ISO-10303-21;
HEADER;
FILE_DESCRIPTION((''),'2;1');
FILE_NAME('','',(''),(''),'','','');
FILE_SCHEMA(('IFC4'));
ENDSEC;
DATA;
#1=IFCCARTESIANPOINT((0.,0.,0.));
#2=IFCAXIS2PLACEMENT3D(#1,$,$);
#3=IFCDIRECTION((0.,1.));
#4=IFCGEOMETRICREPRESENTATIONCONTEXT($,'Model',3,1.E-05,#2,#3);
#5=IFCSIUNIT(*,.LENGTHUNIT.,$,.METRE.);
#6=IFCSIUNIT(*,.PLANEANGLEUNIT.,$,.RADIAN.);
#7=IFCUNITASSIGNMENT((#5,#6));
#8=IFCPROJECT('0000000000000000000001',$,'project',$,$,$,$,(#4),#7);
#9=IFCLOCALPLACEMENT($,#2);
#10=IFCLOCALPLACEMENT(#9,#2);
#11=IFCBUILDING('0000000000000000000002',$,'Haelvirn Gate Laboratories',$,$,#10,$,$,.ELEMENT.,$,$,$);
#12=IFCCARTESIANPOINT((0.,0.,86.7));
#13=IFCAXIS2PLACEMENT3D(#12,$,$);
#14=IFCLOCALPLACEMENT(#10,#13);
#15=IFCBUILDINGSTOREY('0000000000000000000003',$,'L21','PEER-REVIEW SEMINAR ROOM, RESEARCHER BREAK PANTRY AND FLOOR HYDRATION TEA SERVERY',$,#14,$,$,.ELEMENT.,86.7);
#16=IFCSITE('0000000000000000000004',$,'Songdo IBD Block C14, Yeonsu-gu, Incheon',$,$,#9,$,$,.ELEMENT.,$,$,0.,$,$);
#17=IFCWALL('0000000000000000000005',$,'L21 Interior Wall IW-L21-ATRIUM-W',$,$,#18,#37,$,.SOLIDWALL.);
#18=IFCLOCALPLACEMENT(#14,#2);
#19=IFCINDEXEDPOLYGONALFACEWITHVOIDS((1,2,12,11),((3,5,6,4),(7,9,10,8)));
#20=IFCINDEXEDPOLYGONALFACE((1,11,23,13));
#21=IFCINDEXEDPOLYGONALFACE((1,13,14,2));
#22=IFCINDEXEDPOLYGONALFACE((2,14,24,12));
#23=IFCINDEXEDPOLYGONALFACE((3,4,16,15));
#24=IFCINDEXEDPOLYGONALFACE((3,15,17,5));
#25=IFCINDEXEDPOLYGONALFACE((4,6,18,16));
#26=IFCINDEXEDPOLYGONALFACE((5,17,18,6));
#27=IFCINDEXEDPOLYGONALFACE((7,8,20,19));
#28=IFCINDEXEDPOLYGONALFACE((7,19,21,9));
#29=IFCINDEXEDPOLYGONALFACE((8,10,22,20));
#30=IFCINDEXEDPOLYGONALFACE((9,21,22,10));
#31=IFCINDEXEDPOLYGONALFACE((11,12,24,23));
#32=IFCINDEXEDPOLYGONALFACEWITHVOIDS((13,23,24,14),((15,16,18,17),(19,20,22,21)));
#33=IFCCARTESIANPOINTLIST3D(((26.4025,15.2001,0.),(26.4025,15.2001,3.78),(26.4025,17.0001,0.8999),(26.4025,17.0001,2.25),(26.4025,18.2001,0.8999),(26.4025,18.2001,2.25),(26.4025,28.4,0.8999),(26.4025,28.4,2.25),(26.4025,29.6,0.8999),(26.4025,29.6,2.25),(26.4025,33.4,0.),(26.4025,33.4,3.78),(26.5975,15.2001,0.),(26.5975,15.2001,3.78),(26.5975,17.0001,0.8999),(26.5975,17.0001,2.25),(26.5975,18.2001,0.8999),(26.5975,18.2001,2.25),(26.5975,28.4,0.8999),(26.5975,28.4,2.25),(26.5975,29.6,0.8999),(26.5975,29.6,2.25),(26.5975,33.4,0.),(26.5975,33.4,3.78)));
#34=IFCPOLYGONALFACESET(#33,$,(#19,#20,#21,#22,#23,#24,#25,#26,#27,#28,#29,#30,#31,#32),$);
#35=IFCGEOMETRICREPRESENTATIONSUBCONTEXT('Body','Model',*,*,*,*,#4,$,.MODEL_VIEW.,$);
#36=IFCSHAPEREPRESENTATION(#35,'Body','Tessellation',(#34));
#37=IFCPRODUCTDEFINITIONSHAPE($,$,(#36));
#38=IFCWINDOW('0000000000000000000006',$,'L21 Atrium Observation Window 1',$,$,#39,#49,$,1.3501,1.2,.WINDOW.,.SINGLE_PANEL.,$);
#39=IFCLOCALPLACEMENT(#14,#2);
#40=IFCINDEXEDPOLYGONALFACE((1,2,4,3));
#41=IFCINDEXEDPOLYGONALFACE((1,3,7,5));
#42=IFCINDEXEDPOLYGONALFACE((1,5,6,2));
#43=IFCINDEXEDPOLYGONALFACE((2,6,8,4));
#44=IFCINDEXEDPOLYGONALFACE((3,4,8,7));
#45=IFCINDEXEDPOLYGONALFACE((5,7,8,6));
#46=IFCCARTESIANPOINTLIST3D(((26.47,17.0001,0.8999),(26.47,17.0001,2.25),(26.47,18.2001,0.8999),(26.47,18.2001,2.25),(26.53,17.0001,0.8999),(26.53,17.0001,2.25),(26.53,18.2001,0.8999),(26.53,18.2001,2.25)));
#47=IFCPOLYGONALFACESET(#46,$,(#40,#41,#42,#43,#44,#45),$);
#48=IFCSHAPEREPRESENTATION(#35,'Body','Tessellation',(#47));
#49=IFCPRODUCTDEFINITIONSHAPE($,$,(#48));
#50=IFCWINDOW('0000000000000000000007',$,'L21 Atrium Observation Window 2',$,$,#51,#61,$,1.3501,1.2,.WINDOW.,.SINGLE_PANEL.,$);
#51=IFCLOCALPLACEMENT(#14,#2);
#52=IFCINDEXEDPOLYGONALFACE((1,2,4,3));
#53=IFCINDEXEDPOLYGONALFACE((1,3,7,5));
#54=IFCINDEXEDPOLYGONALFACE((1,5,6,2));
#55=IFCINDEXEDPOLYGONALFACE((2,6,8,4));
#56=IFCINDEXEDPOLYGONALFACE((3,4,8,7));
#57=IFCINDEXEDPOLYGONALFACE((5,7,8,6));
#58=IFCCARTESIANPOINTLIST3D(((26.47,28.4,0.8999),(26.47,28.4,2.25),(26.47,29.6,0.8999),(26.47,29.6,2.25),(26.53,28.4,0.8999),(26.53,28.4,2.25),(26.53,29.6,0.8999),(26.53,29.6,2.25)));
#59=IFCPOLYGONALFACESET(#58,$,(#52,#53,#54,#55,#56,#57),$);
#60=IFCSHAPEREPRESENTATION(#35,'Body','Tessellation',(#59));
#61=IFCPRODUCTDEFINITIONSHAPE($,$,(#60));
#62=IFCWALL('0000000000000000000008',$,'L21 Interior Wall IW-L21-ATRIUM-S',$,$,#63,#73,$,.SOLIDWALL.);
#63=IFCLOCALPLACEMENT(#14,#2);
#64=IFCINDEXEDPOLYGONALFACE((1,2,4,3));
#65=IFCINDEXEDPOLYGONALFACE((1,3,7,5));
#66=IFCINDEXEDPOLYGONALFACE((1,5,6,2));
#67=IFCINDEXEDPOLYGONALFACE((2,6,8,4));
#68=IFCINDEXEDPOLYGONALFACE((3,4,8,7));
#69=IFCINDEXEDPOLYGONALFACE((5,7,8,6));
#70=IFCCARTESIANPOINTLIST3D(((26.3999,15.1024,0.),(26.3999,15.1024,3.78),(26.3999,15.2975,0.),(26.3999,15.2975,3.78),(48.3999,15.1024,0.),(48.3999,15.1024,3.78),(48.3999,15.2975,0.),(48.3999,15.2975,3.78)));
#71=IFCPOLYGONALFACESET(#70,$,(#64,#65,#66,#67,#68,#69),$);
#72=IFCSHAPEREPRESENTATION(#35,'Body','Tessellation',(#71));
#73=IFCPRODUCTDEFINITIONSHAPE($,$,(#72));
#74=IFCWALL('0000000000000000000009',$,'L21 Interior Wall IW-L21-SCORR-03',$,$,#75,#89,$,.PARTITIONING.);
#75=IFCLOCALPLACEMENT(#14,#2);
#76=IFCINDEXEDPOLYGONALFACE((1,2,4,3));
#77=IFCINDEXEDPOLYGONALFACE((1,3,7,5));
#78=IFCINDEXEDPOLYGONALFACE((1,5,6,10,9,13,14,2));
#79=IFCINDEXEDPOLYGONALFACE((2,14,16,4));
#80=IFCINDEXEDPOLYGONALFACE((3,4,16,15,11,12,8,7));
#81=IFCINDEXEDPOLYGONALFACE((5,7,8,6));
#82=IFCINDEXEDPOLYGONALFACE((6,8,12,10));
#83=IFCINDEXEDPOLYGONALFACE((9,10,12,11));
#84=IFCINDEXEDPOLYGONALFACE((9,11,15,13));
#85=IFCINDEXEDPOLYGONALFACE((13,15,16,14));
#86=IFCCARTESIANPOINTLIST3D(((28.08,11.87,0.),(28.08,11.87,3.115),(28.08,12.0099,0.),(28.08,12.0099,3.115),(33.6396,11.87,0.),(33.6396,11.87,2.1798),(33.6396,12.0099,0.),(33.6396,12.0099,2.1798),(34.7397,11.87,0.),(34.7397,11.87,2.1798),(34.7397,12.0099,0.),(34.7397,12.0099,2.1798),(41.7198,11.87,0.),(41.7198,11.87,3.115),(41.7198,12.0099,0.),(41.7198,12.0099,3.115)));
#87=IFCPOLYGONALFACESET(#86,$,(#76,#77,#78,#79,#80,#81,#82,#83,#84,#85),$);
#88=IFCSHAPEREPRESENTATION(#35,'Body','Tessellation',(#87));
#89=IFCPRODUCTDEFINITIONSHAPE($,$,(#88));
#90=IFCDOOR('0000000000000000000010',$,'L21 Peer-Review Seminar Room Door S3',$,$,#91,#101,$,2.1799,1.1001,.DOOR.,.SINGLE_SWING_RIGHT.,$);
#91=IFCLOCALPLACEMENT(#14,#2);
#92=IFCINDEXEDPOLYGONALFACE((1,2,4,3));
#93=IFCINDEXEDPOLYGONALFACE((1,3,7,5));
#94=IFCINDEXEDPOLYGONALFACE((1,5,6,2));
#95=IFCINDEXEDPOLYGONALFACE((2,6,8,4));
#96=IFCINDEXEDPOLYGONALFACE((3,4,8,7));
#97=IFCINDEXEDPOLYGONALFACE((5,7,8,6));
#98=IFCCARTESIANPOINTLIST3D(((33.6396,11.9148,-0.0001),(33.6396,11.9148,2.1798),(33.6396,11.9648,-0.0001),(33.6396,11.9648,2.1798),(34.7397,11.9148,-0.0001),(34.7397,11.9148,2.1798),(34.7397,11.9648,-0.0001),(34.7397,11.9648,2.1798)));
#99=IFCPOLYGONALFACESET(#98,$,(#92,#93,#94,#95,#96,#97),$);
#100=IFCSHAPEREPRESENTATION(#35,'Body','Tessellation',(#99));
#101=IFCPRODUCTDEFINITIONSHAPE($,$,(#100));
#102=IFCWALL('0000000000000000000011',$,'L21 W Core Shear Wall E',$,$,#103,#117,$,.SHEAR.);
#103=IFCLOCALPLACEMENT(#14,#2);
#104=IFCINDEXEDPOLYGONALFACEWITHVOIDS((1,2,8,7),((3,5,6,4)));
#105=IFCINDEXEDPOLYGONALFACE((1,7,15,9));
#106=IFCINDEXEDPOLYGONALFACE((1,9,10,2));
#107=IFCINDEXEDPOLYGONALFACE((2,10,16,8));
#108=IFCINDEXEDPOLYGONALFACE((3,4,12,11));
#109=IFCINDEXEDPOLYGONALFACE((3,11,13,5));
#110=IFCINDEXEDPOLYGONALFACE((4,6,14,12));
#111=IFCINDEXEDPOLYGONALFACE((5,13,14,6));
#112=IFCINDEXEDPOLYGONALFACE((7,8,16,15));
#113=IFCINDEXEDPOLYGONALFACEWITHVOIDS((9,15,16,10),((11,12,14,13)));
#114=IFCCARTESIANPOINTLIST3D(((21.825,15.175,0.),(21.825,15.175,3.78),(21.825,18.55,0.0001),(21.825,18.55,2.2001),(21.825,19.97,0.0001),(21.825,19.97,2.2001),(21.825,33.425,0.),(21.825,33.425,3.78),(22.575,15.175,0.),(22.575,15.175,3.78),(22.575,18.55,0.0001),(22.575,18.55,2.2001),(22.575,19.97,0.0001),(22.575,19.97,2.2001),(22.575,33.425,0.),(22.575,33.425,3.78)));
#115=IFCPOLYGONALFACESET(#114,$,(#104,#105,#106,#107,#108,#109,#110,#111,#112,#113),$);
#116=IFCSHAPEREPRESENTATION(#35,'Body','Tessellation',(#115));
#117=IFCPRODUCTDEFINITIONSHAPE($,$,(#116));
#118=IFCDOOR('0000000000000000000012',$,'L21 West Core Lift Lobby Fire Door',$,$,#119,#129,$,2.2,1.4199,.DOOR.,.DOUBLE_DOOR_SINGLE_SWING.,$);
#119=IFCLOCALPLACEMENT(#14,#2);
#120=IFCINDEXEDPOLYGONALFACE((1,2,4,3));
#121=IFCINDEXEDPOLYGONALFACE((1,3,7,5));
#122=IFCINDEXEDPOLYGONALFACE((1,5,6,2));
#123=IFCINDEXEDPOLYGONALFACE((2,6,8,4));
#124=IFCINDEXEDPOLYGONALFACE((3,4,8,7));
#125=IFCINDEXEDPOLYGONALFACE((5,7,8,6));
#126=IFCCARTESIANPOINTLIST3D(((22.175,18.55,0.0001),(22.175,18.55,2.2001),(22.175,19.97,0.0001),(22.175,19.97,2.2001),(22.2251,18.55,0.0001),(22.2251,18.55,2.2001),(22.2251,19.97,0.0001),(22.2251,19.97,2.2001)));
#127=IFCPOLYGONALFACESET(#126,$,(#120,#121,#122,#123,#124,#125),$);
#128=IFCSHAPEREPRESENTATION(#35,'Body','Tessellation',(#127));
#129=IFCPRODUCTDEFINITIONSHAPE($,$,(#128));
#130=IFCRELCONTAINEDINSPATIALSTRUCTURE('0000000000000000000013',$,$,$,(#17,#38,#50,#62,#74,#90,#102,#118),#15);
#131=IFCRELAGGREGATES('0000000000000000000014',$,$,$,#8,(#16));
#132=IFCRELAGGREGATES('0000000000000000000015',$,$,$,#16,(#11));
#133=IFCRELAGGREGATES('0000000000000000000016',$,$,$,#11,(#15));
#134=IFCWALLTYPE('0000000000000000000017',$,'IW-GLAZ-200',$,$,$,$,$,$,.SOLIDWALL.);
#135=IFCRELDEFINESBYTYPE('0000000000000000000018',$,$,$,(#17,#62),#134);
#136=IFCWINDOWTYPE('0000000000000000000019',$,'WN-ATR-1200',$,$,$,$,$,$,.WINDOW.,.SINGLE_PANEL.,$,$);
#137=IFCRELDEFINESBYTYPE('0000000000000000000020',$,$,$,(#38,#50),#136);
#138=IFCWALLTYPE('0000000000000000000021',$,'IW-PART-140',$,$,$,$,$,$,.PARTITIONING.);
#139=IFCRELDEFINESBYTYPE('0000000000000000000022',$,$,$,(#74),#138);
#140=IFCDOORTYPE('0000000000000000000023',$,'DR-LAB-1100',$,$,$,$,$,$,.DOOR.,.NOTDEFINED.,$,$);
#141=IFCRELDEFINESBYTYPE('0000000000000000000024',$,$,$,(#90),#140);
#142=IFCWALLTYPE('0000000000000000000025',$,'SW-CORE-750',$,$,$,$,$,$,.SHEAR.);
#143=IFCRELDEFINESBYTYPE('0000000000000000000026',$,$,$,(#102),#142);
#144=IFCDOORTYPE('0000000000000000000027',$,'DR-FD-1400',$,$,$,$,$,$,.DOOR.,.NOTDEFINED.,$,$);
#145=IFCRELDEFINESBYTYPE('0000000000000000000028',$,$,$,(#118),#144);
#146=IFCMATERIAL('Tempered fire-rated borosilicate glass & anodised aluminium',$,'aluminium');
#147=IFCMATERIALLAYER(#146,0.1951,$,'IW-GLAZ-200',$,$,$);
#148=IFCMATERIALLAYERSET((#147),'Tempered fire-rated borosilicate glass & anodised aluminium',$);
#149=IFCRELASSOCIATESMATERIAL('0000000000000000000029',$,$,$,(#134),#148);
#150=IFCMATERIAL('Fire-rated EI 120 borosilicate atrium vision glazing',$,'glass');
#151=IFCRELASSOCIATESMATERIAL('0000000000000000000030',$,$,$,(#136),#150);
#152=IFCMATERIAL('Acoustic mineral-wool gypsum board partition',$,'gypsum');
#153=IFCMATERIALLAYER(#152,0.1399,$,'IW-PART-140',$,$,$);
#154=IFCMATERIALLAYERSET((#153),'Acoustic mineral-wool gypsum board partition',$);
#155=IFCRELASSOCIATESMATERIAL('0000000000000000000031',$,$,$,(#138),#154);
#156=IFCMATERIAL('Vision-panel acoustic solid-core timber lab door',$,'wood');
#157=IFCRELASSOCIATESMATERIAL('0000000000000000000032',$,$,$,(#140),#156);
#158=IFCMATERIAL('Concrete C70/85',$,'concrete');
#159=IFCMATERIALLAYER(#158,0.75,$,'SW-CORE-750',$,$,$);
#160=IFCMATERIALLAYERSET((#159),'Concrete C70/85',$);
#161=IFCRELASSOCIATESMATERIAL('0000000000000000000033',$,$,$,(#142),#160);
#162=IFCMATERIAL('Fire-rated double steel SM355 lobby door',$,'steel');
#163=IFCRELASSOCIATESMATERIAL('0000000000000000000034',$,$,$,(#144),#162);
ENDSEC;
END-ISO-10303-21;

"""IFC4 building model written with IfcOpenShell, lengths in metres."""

from ifc_helpers import new_model, si_unit, direction, frame, frame_2d, origin, place, context, subcontext, project, spatial, rectangle, extrude, source, transform, mapped, material, layer, layer_set, type_object, type_shapes, element, fill, save


model = new_model("IFC4")

# Units and contexts
model_context = context("Model", 3, precision=1e-05, world=origin(), true_north=direction((0.0, 1.0)))
body_context = subcontext(model_context, "Body", "Model", "MODEL_VIEW")
ifc_project = project(units=[si_unit("LENGTHUNIT", "METRE"), si_unit("PLANEANGLEUNIT", "RADIAN")], contexts=[model_context])

# Site, building, storey
site_placement = place(None, origin())
site = spatial("IfcSite", under=ifc_project, at=site_placement, Name="Songdo IBD Block C14, Yeonsu-gu, Incheon", CompositionType="ELEMENT", RefElevation=0.0)
building_placement = place(site_placement, origin())
building = spatial("IfcBuilding", under=site, at=building_placement, Name="Haelvirn Gate Laboratories", CompositionType="ELEMENT")
storey_placement = place(building_placement, frame((0.0, 0.0, 86.7)))
storey = spatial("IfcBuildingStorey", under=building, at=storey_placement, Name="L21", Description="PEER-REVIEW SEMINAR ROOM, RESEARCHER BREAK PANTRY AND FLOOR HYDRATION TEA SERVERY", CompositionType="ELEMENT", Elevation=86.7)

# Wall, openings, windows
ifc_material_1 = material(Name="Tempered fire-rated borosilicate glass & anodised aluminium", Category="aluminium")
ifc_layer_1 = layer(ifc_material_1, 0.1951, Name="IW-GLAZ-200")
ifc_layer_set_1 = layer_set([ifc_layer_1], Name="Tempered fire-rated borosilicate glass & anodised aluminium")
wall_type_1 = type_object("IfcWallType", Name="IW-GLAZ-200", PredefinedType="SOLIDWALL", material=ifc_layer_set_1)
wall_1_placement = place(storey_placement, frame((26.5, 15.2, 0.0), z_axis=(0.0, 0.0, 1.0), x_axis=(0.0, 1.0, 0.0)))
wall_1 = element("IfcWall", 1, at=wall_1_placement, inside=storey, type_object=wall_type_1, Name="L21 Interior Wall IW-L21-ATRIUM-W", PredefinedType="SOLIDWALL", context=body_context, shape_type="SweptSolid", body=[
    extrude(rectangle(XDim=18.2, YDim=0.1951, at=frame_2d((9.1001, 0.0))), origin(), (0.0, 0.0, 1.0), 3.78),
])
opening_1_placement = place(wall_1_placement, frame((1.8, 0.0, 0.8999)))
opening_1 = element("IfcOpeningElement", 2, at=opening_1_placement, cuts=wall_1, PredefinedType="OPENING", context=body_context, shape_type="SweptSolid", body=[
    extrude(rectangle(XDim=1.2, YDim=1.3501, at=frame_2d((0.6001, 0.675))), frame((0.0, 0.1074, 0.0), z_axis=(0.0, -1.0, 0.0), x_axis=(1.0, 0.0, 0.0)), (0.0, 0.0, 1.0), 0.2151),
])
opening_2_placement = place(wall_1_placement, frame((13.2, 0.0, 0.8999)))
opening_2 = element("IfcOpeningElement", 3, at=opening_2_placement, cuts=wall_1, PredefinedType="OPENING", context=body_context, shape_type="SweptSolid", body=[
    extrude(rectangle(XDim=1.2, YDim=1.3501, at=frame_2d((0.6001, 0.675))), frame((0.0, 0.1074, 0.0), z_axis=(0.0, -1.0, 0.0), x_axis=(1.0, 0.0, 0.0)), (0.0, 0.0, 1.0), 0.2151),
])
ifc_material_2 = material(Name="Fire-rated EI 120 borosilicate atrium vision glazing", Category="glass")
window_type = type_object("IfcWindowType", Name="WN-ATR-1200", PartitioningType="SINGLE_PANEL", PredefinedType="WINDOW", material=ifc_material_2)
shared_shape_1 = source(origin(), body_context, "Body", "SweptSolid", [
    extrude(rectangle(XDim=1.2, YDim=1.3501, at=frame_2d((0.6001, 0.675))), frame((0.0, 0.03, 0.0), z_axis=(0.0, -1.0, 0.0), x_axis=(1.0, 0.0, 0.0)), (0.0, 0.0, 1.0), 0.0601),
])
type_shapes(window_type, [shared_shape_1])
window_1_placement = place(opening_1_placement, origin())
window_1 = element("IfcWindow", 4, at=window_1_placement, inside=storey, type_object=window_type, Name="L21 Atrium Observation Window 1", OverallHeight=1.3501, OverallWidth=1.2, PartitioningType="SINGLE_PANEL", PredefinedType="WINDOW", context=body_context, shape_type="MappedRepresentation", body=[
    mapped(shared_shape_1, transform((0.0, 0.0, 0.0), scale=1.0)),
])
fill(opening_1, window_1)
window_2_placement = place(opening_2_placement, origin())
window_2 = element("IfcWindow", 5, at=window_2_placement, inside=storey, type_object=window_type, Name="L21 Atrium Observation Window 2", OverallHeight=1.3501, OverallWidth=1.2, PartitioningType="SINGLE_PANEL", PredefinedType="WINDOW", context=body_context, shape_type="MappedRepresentation", body=[
    mapped(shared_shape_1, transform((0.0, 0.0, 0.0), scale=1.0)),
])
fill(opening_2, window_2)

# Wall
wall_2_placement = place(storey_placement, frame((26.3999, 15.2, 0.0), z_axis=(0.0, 0.0, 1.0), x_axis=(1.0, 0.0, 0.0)))
element("IfcWall", 6, at=wall_2_placement, inside=storey, type_object=wall_type_1, Name="L21 Interior Wall IW-L21-ATRIUM-S", PredefinedType="SOLIDWALL", context=body_context, shape_type="SweptSolid", body=[
    extrude(rectangle(XDim=22.0, YDim=0.1951, at=frame_2d((11.0, 0.0))), origin(), (0.0, 0.0, 1.0), 3.78),
])

# Walls, openings, doors
ifc_material_3 = material(Name="Acoustic mineral-wool gypsum board partition", Category="gypsum")
ifc_layer_2 = layer(ifc_material_3, 0.1399, Name="IW-PART-140")
ifc_layer_set_2 = layer_set([ifc_layer_2], Name="Acoustic mineral-wool gypsum board partition")
wall_type_2 = type_object("IfcWallType", Name="IW-PART-140", PredefinedType="PARTITIONING", material=ifc_layer_set_2)
wall_3_placement = place(storey_placement, frame((28.0801, 11.9399, 0.0), z_axis=(0.0, 0.0, 1.0), x_axis=(1.0, 0.0, 0.0)))
wall_3 = element("IfcWall", 7, at=wall_3_placement, inside=storey, type_object=wall_type_2, Name="L21 Interior Wall IW-L21-SCORR-03", PredefinedType="PARTITIONING", context=body_context, shape_type="SweptSolid", body=[
    extrude(rectangle(XDim=13.6399, YDim=0.1399, at=frame_2d((6.8198, 0.0))), origin(), (0.0, 0.0, 1.0), 3.115),
])
opening_3_placement = place(wall_3_placement, frame((5.5596, 0.0, 0.0)))
opening_3 = element("IfcOpeningElement", 8, at=opening_3_placement, cuts=wall_3, PredefinedType="OPENING", context=body_context, shape_type="SweptSolid", body=[
    extrude(rectangle(XDim=1.1001, YDim=2.1799, at=frame_2d((0.55, 1.0898))), frame((0.0, 0.0801, 0.0), z_axis=(0.0, -1.0, 0.0), x_axis=(1.0, 0.0, 0.0)), (0.0, 0.0, 1.0), 0.1599),
])
ifc_material_4 = material(Name="Vision-panel acoustic solid-core timber lab door", Category="wood")
door_type_1 = type_object("IfcDoorType", Name="DR-LAB-1100", OperationType="NOTDEFINED", PredefinedType="DOOR", material=ifc_material_4)
shared_shape_2 = source(origin(), body_context, "Body", "SweptSolid", [
    extrude(rectangle(XDim=1.1001, YDim=2.1799, at=frame_2d((0.55, 1.0898))), frame((0.0, 0.0249, 0.0), z_axis=(0.0, -1.0, 0.0), x_axis=(1.0, 0.0, 0.0)), (0.0, 0.0, 1.0), 0.05),
])
type_shapes(door_type_1, [shared_shape_2])
door_1_placement = place(opening_3_placement, origin())
door_1 = element("IfcDoor", 9, at=door_1_placement, inside=storey, type_object=door_type_1, Name="L21 Peer-Review Seminar Room Door S3", OperationType="SINGLE_SWING_RIGHT", OverallHeight=2.1799, OverallWidth=1.1001, PredefinedType="DOOR", context=body_context, shape_type="MappedRepresentation", body=[
    mapped(shared_shape_2, transform((0.0, 0.0, 0.0), scale=1.0)),
])
fill(opening_3, door_1)
ifc_material_5 = material(Name="Concrete C70/85", Category="concrete")
ifc_layer_3 = layer(ifc_material_5, 0.75, Name="SW-CORE-750")
ifc_layer_set_3 = layer_set([ifc_layer_3], Name="Concrete C70/85")
wall_type_3 = type_object("IfcWallType", Name="SW-CORE-750", PredefinedType="SHEAR", material=ifc_layer_set_3)
wall_4_placement = place(storey_placement, frame((22.2, 15.175, 0.0), z_axis=(0.0, 0.0, 1.0), x_axis=(0.0, 1.0, 0.0)))
wall_4 = element("IfcWall", 10, at=wall_4_placement, inside=storey, type_object=wall_type_3, Name="L21 W Core Shear Wall E", PredefinedType="SHEAR", context=body_context, shape_type="SweptSolid", body=[
    extrude(rectangle(XDim=18.25, YDim=0.75, at=frame_2d((9.125, 0.0))), origin(), (0.0, 0.0, 1.0), 3.78),
])
opening_4_placement = place(wall_4_placement, frame((3.375, 0.0, 0.0)))
opening_4 = element("IfcOpeningElement", 11, at=opening_4_placement, cuts=wall_4, PredefinedType="OPENING", context=body_context, shape_type="SweptSolid", body=[
    extrude(rectangle(XDim=1.4199, YDim=2.2, at=frame_2d((0.71, 1.1001))), frame((0.0, 0.385, 0.0), z_axis=(0.0, -1.0, 0.0), x_axis=(1.0, 0.0, 0.0)), (0.0, 0.0, 1.0), 0.77),
])
ifc_material_6 = material(Name="Fire-rated double steel SM355 lobby door", Category="steel")
door_type_2 = type_object("IfcDoorType", Name="DR-FD-1400", OperationType="NOTDEFINED", PredefinedType="DOOR", material=ifc_material_6)
shared_shape_3 = source(origin(), body_context, "Body", "SweptSolid", [
    extrude(rectangle(XDim=1.4199, YDim=2.2, at=frame_2d((0.71, 1.1001))), frame((0.0, 0.0249, 0.0), z_axis=(0.0, -1.0, 0.0), x_axis=(1.0, 0.0, 0.0)), (0.0, 0.0, 1.0), 0.05),
])
type_shapes(door_type_2, [shared_shape_3])
door_2_placement = place(opening_4_placement, origin())
door_2 = element("IfcDoor", 12, at=door_2_placement, inside=storey, type_object=door_type_2, Name="L21 West Core Lift Lobby Fire Door", OperationType="DOUBLE_DOOR_SINGLE_SWING", OverallHeight=2.2, OverallWidth=1.4199, PredefinedType="DOOR", context=body_context, shape_type="MappedRepresentation", body=[
    mapped(shared_shape_3, transform((0.0, 0.0, 0.0), scale=1.0)),
])
fill(opening_4, door_2)

save(model, "model.ifc")
